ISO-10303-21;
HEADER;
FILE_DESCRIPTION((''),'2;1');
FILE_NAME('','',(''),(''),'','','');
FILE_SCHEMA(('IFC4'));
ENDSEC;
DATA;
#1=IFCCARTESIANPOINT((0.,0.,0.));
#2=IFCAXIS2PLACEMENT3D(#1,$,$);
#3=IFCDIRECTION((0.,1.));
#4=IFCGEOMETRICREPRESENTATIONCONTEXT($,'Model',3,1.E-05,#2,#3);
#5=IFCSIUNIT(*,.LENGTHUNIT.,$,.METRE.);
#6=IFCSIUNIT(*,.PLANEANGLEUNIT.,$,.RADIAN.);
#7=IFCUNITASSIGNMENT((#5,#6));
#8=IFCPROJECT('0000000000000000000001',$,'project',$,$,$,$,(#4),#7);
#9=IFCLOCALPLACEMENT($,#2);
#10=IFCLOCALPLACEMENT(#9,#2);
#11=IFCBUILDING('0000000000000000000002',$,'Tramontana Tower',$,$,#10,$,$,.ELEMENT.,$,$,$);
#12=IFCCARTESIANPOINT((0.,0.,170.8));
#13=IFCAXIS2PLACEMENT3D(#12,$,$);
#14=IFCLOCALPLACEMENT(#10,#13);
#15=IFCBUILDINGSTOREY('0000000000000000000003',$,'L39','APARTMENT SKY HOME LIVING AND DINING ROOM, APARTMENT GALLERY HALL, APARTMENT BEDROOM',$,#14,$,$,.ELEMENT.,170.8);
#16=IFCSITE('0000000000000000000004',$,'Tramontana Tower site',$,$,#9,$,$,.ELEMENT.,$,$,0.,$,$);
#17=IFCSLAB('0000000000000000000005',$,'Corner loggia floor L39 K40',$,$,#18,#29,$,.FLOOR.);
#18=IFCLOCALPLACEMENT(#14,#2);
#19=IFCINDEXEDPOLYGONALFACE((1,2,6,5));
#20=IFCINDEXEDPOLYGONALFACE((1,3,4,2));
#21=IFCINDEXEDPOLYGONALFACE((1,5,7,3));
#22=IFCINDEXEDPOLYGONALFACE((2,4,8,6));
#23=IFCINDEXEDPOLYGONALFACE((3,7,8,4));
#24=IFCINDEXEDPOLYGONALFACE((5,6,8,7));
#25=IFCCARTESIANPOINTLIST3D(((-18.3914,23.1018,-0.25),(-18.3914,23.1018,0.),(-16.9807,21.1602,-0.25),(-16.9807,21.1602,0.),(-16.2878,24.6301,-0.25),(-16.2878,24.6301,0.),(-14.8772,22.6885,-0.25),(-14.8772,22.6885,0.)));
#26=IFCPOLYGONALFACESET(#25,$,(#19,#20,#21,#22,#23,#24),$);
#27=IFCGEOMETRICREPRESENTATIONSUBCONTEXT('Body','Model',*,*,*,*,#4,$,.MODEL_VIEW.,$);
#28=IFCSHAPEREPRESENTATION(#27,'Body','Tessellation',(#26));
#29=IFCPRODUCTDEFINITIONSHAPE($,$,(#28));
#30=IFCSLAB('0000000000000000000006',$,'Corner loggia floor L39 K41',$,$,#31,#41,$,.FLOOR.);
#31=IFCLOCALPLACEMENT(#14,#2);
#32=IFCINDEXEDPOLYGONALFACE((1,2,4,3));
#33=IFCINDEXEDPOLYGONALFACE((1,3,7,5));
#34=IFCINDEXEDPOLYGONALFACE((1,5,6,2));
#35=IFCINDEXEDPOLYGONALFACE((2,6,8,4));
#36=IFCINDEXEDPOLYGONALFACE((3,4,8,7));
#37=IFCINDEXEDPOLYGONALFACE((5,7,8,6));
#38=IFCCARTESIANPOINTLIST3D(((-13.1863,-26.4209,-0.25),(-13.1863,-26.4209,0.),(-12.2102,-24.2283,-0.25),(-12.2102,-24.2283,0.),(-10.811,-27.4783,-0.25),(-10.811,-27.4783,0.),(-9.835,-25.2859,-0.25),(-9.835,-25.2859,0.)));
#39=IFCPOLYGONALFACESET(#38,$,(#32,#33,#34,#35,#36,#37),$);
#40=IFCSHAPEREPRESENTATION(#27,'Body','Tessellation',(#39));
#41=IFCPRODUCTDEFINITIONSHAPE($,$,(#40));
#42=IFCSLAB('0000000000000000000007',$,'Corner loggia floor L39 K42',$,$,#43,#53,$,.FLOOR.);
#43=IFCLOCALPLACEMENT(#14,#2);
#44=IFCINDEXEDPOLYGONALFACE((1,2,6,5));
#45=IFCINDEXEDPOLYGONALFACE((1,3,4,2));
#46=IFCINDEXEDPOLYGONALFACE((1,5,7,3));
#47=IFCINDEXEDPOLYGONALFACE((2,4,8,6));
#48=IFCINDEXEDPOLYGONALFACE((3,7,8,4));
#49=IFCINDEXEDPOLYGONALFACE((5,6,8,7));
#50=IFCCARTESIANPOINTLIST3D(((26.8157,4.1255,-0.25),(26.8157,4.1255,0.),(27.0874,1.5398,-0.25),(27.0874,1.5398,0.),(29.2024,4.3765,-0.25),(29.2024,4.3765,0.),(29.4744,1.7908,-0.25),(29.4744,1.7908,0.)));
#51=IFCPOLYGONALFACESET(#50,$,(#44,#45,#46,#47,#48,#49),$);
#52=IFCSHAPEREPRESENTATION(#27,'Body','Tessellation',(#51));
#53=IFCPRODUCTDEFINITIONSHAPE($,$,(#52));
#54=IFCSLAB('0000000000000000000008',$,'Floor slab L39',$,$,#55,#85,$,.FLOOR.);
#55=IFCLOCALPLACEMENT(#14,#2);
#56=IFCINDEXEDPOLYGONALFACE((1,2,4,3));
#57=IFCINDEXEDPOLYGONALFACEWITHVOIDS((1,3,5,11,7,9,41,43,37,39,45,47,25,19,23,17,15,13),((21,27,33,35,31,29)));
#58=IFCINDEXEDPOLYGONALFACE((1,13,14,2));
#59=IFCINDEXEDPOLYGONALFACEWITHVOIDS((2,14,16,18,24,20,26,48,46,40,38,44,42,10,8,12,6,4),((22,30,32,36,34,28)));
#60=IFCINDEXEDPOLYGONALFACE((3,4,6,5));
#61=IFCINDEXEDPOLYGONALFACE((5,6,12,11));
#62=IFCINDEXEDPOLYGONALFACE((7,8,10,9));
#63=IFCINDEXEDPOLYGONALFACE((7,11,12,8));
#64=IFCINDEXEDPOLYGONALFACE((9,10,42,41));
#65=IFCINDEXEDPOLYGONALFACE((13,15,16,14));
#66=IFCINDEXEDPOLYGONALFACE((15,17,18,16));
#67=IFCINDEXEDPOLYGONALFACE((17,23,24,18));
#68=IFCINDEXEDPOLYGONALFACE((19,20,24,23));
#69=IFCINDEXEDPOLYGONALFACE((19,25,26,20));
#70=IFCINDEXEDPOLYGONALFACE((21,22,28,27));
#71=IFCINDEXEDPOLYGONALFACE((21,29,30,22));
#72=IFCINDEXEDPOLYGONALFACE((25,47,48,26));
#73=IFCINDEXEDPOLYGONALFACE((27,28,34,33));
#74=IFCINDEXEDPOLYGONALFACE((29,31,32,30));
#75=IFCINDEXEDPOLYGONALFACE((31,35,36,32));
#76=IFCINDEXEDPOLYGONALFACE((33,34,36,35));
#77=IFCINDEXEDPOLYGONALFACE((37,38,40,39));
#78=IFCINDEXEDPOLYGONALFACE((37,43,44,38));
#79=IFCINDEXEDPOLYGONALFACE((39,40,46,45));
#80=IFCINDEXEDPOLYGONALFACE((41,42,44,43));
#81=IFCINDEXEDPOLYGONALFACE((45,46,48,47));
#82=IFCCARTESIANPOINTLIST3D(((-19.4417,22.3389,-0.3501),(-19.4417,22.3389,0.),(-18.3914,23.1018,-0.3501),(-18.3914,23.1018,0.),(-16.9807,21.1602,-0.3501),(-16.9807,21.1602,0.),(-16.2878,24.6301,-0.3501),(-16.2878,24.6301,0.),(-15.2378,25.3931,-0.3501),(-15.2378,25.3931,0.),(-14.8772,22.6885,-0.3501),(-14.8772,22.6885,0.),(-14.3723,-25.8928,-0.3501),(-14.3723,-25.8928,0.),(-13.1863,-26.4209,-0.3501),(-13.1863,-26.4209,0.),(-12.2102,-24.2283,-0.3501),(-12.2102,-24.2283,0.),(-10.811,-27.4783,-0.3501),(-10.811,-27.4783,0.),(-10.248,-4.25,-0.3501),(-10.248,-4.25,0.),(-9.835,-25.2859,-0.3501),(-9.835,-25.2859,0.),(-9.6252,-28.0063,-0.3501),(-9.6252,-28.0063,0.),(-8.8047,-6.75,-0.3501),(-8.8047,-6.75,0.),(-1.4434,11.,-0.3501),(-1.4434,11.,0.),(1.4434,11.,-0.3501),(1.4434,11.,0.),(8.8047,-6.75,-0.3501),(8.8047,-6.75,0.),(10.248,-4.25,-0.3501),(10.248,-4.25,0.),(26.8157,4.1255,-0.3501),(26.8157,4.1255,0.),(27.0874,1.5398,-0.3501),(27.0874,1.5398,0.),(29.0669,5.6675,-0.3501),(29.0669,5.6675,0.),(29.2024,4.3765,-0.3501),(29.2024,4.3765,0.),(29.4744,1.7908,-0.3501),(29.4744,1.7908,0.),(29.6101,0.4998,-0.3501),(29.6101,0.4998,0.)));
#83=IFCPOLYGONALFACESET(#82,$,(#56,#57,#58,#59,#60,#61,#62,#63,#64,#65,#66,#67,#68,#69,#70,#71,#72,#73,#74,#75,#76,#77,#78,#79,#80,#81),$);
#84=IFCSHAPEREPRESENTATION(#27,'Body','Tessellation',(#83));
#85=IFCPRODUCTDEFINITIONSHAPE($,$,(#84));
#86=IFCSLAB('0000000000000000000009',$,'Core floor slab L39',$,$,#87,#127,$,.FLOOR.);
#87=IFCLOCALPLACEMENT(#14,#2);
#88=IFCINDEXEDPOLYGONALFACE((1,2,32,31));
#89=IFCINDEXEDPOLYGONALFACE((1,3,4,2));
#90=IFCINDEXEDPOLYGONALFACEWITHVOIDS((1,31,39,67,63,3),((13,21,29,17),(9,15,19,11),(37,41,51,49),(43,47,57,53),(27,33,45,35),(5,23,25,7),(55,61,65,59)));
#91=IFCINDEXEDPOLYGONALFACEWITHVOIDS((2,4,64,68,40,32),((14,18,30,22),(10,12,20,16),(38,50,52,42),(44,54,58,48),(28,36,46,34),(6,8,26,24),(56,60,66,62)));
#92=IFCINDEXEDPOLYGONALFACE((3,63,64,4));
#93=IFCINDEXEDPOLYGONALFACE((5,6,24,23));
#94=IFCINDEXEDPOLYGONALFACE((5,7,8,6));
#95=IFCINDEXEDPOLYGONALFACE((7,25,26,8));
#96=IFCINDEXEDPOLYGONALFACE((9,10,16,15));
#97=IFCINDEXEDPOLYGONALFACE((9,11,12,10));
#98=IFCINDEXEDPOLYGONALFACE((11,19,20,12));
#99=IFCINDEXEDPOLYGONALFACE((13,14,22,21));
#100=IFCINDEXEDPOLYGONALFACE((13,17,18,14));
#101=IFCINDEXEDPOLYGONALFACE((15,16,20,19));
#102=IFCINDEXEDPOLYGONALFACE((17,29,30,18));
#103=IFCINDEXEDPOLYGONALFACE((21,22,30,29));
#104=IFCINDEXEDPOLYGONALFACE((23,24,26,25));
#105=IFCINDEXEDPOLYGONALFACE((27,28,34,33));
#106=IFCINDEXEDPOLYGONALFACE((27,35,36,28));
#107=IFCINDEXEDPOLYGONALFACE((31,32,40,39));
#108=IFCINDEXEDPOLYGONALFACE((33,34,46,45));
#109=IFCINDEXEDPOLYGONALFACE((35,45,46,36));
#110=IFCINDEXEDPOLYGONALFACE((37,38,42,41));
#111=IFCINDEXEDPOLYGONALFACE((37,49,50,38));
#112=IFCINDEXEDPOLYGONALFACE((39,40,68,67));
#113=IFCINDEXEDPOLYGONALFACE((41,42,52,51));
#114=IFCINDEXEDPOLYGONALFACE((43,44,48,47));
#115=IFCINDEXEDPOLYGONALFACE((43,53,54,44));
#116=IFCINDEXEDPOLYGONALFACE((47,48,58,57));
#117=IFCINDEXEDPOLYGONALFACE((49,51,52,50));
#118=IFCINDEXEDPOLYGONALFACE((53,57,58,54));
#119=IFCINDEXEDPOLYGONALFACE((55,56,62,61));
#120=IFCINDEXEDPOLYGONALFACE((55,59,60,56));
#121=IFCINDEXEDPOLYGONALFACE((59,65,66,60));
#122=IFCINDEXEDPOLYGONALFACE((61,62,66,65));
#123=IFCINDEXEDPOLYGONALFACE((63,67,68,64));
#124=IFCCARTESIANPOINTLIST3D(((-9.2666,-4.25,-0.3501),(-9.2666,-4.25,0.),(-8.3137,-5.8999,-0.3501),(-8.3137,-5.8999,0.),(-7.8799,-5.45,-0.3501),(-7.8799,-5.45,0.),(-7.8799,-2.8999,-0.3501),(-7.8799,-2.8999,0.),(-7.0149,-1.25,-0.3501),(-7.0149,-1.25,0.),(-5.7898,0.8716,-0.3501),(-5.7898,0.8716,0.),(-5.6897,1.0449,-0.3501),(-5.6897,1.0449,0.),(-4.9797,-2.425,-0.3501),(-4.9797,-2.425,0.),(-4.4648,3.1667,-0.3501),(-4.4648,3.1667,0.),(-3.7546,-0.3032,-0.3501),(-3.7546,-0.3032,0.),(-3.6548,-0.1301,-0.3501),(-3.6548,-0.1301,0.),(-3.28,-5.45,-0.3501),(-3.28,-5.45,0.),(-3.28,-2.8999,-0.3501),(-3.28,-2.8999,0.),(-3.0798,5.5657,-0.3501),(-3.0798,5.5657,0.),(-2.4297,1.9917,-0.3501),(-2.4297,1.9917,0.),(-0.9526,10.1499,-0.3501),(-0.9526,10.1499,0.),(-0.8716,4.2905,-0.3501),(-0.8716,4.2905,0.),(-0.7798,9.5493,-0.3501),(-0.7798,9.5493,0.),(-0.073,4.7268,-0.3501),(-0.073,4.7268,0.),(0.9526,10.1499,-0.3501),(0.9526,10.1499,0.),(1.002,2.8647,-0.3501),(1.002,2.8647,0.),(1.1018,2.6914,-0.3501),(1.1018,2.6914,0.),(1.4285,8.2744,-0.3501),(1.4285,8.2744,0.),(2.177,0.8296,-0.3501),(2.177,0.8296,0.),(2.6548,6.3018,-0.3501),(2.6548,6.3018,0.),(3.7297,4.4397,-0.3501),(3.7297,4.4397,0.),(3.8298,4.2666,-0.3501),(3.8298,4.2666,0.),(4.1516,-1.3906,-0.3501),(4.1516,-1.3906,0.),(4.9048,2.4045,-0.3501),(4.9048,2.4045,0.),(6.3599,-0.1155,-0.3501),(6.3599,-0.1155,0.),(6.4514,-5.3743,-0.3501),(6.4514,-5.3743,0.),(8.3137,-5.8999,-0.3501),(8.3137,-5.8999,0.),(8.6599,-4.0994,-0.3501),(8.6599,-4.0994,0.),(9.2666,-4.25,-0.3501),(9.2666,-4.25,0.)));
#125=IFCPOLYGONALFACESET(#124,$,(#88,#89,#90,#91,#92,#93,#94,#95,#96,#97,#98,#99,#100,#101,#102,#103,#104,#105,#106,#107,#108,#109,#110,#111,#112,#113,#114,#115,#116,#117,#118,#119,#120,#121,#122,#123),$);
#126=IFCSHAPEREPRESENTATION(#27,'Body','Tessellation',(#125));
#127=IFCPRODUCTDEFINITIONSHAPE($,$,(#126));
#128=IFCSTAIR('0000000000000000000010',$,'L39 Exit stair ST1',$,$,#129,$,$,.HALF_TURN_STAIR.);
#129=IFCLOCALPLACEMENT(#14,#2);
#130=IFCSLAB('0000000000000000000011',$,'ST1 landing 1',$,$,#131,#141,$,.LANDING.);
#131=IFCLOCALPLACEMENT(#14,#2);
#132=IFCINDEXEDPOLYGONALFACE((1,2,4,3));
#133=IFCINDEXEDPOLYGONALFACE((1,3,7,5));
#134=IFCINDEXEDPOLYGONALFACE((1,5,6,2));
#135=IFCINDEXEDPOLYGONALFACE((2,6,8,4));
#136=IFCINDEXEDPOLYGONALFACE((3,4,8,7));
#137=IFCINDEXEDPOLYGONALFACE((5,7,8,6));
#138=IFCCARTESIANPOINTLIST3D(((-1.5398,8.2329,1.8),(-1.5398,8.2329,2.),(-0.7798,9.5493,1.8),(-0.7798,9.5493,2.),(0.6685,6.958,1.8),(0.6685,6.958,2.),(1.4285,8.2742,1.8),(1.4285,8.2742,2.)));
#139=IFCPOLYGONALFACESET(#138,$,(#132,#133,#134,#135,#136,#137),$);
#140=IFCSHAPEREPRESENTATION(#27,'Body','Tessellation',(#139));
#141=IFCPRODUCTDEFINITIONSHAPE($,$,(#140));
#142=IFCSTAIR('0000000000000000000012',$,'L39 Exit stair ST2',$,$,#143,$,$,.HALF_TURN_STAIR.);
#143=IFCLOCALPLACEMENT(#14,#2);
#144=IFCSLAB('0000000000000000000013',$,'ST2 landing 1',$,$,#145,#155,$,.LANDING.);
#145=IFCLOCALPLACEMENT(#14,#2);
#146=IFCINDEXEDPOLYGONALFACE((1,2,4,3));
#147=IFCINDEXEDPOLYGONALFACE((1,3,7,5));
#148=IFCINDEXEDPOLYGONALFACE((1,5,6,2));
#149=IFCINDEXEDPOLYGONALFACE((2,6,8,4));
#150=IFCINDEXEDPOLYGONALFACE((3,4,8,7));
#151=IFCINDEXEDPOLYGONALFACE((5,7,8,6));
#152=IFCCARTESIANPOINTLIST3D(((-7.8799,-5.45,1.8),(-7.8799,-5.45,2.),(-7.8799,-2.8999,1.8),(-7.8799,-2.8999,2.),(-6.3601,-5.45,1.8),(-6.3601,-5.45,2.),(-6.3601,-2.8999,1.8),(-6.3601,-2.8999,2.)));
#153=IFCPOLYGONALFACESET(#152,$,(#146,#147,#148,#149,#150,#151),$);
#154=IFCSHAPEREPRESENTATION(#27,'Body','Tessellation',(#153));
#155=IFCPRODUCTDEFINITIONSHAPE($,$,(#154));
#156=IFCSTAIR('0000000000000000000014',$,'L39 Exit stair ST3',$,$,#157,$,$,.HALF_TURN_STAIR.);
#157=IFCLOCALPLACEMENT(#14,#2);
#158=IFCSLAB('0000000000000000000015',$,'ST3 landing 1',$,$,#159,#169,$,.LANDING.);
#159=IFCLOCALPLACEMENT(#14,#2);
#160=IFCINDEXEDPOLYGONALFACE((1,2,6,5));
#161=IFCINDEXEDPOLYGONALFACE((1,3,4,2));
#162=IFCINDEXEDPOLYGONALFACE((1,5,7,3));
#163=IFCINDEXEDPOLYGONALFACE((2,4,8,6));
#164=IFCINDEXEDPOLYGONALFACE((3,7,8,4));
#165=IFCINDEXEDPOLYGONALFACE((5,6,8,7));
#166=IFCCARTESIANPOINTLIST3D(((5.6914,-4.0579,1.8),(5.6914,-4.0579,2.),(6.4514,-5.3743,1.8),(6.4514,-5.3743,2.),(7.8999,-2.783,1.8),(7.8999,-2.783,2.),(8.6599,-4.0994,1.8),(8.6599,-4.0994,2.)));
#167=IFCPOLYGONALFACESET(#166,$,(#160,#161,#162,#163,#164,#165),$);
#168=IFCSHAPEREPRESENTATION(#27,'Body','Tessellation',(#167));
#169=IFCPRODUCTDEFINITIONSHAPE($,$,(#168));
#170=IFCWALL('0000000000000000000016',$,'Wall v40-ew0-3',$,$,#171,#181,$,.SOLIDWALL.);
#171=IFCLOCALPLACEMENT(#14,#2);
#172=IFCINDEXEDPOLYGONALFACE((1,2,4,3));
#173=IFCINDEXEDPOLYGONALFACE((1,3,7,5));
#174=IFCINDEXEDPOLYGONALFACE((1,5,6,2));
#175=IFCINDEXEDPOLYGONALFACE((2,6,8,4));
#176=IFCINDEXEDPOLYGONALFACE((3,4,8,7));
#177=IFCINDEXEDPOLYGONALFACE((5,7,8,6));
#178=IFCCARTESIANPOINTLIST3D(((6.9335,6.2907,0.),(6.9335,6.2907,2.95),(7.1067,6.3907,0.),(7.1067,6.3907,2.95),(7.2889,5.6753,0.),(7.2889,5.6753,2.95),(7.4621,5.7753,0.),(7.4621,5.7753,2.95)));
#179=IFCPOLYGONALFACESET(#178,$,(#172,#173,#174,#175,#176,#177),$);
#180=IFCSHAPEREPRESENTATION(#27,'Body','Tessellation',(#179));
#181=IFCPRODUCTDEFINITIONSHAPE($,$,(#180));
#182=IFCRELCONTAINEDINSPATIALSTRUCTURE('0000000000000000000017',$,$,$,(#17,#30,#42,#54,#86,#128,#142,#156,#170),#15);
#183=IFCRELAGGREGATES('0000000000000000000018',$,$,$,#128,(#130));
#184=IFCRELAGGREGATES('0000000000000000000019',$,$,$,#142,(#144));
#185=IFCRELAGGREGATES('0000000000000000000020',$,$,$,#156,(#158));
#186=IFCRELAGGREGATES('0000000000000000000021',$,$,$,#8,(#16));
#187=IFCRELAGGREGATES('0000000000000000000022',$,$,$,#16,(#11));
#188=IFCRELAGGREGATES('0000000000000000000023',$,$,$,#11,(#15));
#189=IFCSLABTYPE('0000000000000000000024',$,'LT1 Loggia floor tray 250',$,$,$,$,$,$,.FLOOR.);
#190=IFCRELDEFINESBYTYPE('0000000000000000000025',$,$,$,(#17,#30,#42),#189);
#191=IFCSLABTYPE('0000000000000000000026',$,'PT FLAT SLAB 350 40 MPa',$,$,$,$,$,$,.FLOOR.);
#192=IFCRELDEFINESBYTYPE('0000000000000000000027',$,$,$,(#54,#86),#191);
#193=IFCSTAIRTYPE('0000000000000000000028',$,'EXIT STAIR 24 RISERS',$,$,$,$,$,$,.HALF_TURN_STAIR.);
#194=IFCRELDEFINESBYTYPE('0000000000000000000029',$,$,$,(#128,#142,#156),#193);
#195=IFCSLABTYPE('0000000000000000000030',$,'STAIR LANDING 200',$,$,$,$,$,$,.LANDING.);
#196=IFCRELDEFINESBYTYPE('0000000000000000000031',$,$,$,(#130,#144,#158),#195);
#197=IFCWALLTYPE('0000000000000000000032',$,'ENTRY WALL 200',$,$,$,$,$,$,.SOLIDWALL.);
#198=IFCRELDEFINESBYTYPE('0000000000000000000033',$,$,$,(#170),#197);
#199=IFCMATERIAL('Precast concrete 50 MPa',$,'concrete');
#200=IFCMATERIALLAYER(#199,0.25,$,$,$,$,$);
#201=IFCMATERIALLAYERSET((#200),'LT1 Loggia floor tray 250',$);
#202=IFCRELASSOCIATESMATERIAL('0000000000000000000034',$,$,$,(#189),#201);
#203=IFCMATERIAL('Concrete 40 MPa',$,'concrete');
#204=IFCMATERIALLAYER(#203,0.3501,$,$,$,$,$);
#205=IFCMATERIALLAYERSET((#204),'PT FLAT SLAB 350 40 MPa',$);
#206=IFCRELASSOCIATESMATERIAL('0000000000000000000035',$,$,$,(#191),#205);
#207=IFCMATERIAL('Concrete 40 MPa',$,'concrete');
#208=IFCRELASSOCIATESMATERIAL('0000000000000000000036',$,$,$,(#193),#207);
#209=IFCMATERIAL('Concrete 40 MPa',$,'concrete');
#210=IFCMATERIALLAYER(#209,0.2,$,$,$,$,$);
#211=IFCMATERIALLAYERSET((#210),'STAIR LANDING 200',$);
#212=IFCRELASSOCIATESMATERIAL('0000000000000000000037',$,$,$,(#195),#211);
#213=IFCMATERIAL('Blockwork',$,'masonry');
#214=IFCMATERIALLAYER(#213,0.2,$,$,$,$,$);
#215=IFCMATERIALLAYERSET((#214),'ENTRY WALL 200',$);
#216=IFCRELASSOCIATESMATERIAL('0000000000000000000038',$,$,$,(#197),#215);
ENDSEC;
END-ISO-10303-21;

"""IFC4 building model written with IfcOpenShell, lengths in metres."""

from ifc_helpers import new_model, si_unit, direction, frame, frame_2d, origin, place, context, subcontext, project, spatial, polyline, rectangle, outline, extrude, material, layer, layer_set, type_object, element, aggregate, save


model = new_model("IFC4")

# Units and contexts
model_context = context("Model", 3, precision=1e-05, world=origin(), true_north=direction((0.0, 1.0)))
body_context = subcontext(model_context, "Body", "Model", "MODEL_VIEW")
ifc_project = project(units=[si_unit("LENGTHUNIT", "METRE"), si_unit("PLANEANGLEUNIT", "RADIAN")], contexts=[model_context])

# Site, building, storey
site_placement = place(None, origin())
site = spatial("IfcSite", under=ifc_project, at=site_placement, Name="Tramontana Tower site", CompositionType="ELEMENT", RefElevation=0.0)
building_placement = place(site_placement, origin())
building = spatial("IfcBuilding", under=site, at=building_placement, Name="Tramontana Tower", CompositionType="ELEMENT")
storey_placement = place(building_placement, frame((0.0, 0.0, 170.8)))
storey = spatial("IfcBuildingStorey", under=building, at=storey_placement, Name="L39", Description="APARTMENT SKY HOME LIVING AND DINING ROOM, APARTMENT GALLERY HALL, APARTMENT BEDROOM", CompositionType="ELEMENT", Elevation=170.8)

# Slabs
ifc_material_1 = material(Name="Precast concrete 50 MPa", Category="concrete")
ifc_layer_1 = layer(ifc_material_1, 0.25)
ifc_layer_set_1 = layer_set([ifc_layer_1], Name="LT1 Loggia floor tray 250")
slab_type_1 = type_object("IfcSlabType", Name="LT1 Loggia floor tray 250", PredefinedType="FLOOR", material=ifc_layer_set_1)
slab_1_placement = place(storey_placement, frame((0.0, 0.0, -0.25)))
element("IfcSlab", 1, at=slab_1_placement, inside=storey, type_object=slab_type_1, Name="Corner loggia floor L39 K40", PredefinedType="FLOOR", context=body_context, shape_type="SweptSolid", body=[
    extrude(outline(polyline([(-16.2878, 24.6301), (-14.8772, 22.6885), (-16.9807, 21.1602), (-18.3914, 23.1018), (-16.2878, 24.6301)])), origin(), (0.0, 0.0, 1.0), 0.25),
])
slab_2_placement = place(storey_placement, frame((0.0, 0.0, -0.25)))
element("IfcSlab", 2, at=slab_2_placement, inside=storey, type_object=slab_type_1, Name="Corner loggia floor L39 K41", PredefinedType="FLOOR", context=body_context, shape_type="SweptSolid", body=[
    extrude(outline(polyline([(-13.1863, -26.4209), (-12.2102, -24.2283), (-9.835, -25.2859), (-10.811, -27.4783), (-13.1863, -26.4209)])), origin(), (0.0, 0.0, 1.0), 0.25),
])
slab_3_placement = place(storey_placement, frame((0.0, 0.0, -0.25)))
element("IfcSlab", 3, at=slab_3_placement, inside=storey, type_object=slab_type_1, Name="Corner loggia floor L39 K42", PredefinedType="FLOOR", context=body_context, shape_type="SweptSolid", body=[
    extrude(outline(polyline([(29.4744, 1.7908), (27.0874, 1.5398), (26.8157, 4.1255), (29.2024, 4.3765), (29.4744, 1.7908)])), origin(), (0.0, 0.0, 1.0), 0.25),
])
ifc_material_2 = material(Name="Concrete 40 MPa", Category="concrete")
ifc_layer_2 = layer(ifc_material_2, 0.3501)
ifc_layer_set_2 = layer_set([ifc_layer_2], Name="PT FLAT SLAB 350 40 MPa")
slab_type_2 = type_object("IfcSlabType", Name="PT FLAT SLAB 350 40 MPa", PredefinedType="FLOOR", material=ifc_layer_set_2)
slab_4_placement = place(storey_placement, frame((0.0, 0.0, -0.3501)))
element("IfcSlab", 4, at=slab_4_placement, inside=storey, type_object=slab_type_2, Name="Floor slab L39", PredefinedType="FLOOR", context=body_context, shape_type="SweptSolid", body=[
    extrude(outline(polyline([(29.2024, 4.3765), (26.8157, 4.1255), (27.0874, 1.5398), (29.4744, 1.7908), (29.6101, 0.4998), (-9.6252, -28.0063), (-10.811, -27.4783), (-9.835, -25.2859), (-12.2102, -24.2283), (-13.1863, -26.4209), (-14.3723, -25.8928), (-19.4417, 22.3389), (-18.3914, 23.1018), (-16.9807, 21.1602), (-14.8772, 22.6885), (-16.2878, 24.6301), (-15.2378, 25.3931), (29.0669, 5.6675), (29.2024, 4.3765)]), holes=[polyline([(-10.248, -4.25), (-8.8047, -6.75), (8.8047, -6.75), (10.248, -4.25), (1.4434, 11.0), (-1.4434, 11.0), (-10.248, -4.25)])]), origin(), (0.0, 0.0, 1.0), 0.3501),
])
slab_5_placement = place(storey_placement, frame((0.0, 0.0, -0.3501)))
element("IfcSlab", 5, at=slab_5_placement, inside=storey, type_object=slab_type_2, Name="Core floor slab L39", PredefinedType="FLOOR", context=body_context, shape_type="SweptSolid", body=[
    extrude(outline(polyline([(9.2666, -4.25), (8.3137, -5.8999), (-8.3137, -5.8999), (-9.2666, -4.25), (-0.9526, 10.1499), (0.9526, 10.1499), (9.2666, -4.25)]), holes=[polyline([(8.6599, -4.0994), (6.3599, -0.1155), (4.1516, -1.3906), (6.4514, -5.3743), (8.6599, -4.0994)]), polyline([(3.8298, 4.2666), (1.1018, 2.6914), (2.177, 0.8296), (4.9048, 2.4045), (3.8298, 4.2666)]), polyline([(2.6548, 6.3018), (-0.073, 4.7268), (1.002, 2.8647), (3.7297, 4.4397), (2.6548, 6.3018)]), polyline([(-0.7798, 9.5493), (-3.0798, 5.5657), (-0.8716, 4.2905), (1.4285, 8.2744), (-0.7798, 9.5493)]), polyline([(-5.6897, 1.0449), (-3.6548, -0.1301), (-2.4297, 1.9917), (-4.4648, 3.1667), (-5.6897, 1.0449)]), polyline([(-3.28, -5.45), (-3.28, -2.8999), (-7.8799, -2.8999), (-7.8799, -5.45), (-3.28, -5.45)]), polyline([(-7.0149, -1.25), (-4.9797, -2.425), (-3.7546, -0.3032), (-5.7898, 0.8716), (-7.0149, -1.25)])]), origin(), (0.0, 0.0, 1.0), 0.3501),
])

# Stairs, slabs
ifc_material_3 = material(Name="Concrete 40 MPa", Category="concrete")
stair_type = type_object("IfcStairType", Name="EXIT STAIR 24 RISERS", PredefinedType="HALF_TURN_STAIR", material=ifc_material_3)
stair_1_placement = place(storey_placement, origin())
stair_1 = element("IfcStair", 6, at=stair_1_placement, inside=storey, type_object=stair_type, Name="L39 Exit stair ST1", PredefinedType="HALF_TURN_STAIR")
ifc_material_4 = material(Name="Concrete 40 MPa", Category="concrete")
ifc_layer_3 = layer(ifc_material_4, 0.2)
ifc_layer_set_3 = layer_set([ifc_layer_3], Name="STAIR LANDING 200")
slab_type_3 = type_object("IfcSlabType", Name="STAIR LANDING 200", PredefinedType="LANDING", material=ifc_layer_set_3)
slab_6_placement = place(storey_placement, frame((0.0, 0.0, 1.8)))
slab_6 = element("IfcSlab", 7, at=slab_6_placement, type_object=slab_type_3, Name="ST1 landing 1", PredefinedType="LANDING", context=body_context, shape_type="SweptSolid", body=[
    extrude(outline(polyline([(0.6685, 6.958), (1.4285, 8.2742), (-0.7798, 9.5493), (-1.5398, 8.2329), (0.6685, 6.958)])), origin(), (0.0, 0.0, 1.0), 0.2),
])
aggregate(stair_1, [slab_6])
stair_2_placement = place(storey_placement, origin())
stair_2 = element("IfcStair", 8, at=stair_2_placement, inside=storey, type_object=stair_type, Name="L39 Exit stair ST2", PredefinedType="HALF_TURN_STAIR")
slab_7_placement = place(storey_placement, frame((0.0, 0.0, 1.8)))
slab_7 = element("IfcSlab", 9, at=slab_7_placement, type_object=slab_type_3, Name="ST2 landing 1", PredefinedType="LANDING", context=body_context, shape_type="SweptSolid", body=[
    extrude(outline(polyline([(-6.3601, -2.8999), (-7.8799, -2.8999), (-7.8799, -5.45), (-6.3601, -5.45), (-6.3601, -2.8999)])), origin(), (0.0, 0.0, 1.0), 0.2),
])
aggregate(stair_2, [slab_7])
stair_3_placement = place(storey_placement, origin())
stair_3 = element("IfcStair", 10, at=stair_3_placement, inside=storey, type_object=stair_type, Name="L39 Exit stair ST3", PredefinedType="HALF_TURN_STAIR")
slab_8_placement = place(storey_placement, frame((0.0, 0.0, 1.8)))
slab_8 = element("IfcSlab", 11, at=slab_8_placement, type_object=slab_type_3, Name="ST3 landing 1", PredefinedType="LANDING", context=body_context, shape_type="SweptSolid", body=[
    extrude(outline(polyline([(5.6914, -4.0579), (6.4514, -5.3743), (8.6599, -4.0994), (7.8999, -2.783), (5.6914, -4.0579)])), origin(), (0.0, 0.0, 1.0), 0.2),
])
aggregate(stair_3, [slab_8])

# Wall
ifc_material_5 = material(Name="Blockwork", Category="masonry")
ifc_layer_4 = layer(ifc_material_5, 0.2)
ifc_layer_set_4 = layer_set([ifc_layer_4], Name="ENTRY WALL 200")
wall_type_1 = type_object("IfcWallType", Name="ENTRY WALL 200", PredefinedType="SOLIDWALL", material=ifc_layer_set_4)
wall_1_placement = place(storey_placement, frame((7.02, 6.3408, 0.0), z_axis=(0.0, 0.0, 1.0), x_axis=(0.500129, -0.865951, 0.0)))
element("IfcWall", 12, at=wall_1_placement, inside=storey, type_object=wall_type_1, Name="Wall v40-ew0-3", PredefinedType="SOLIDWALL", context=body_context, shape_type="SweptSolid", body=[
    extrude(rectangle(XDim=0.7107, YDim=0.2, at=frame_2d((0.3555, 0.0))), origin(), (0.0, 0.0, 1.0), 2.95),
])

save(model, "model.ifc")
